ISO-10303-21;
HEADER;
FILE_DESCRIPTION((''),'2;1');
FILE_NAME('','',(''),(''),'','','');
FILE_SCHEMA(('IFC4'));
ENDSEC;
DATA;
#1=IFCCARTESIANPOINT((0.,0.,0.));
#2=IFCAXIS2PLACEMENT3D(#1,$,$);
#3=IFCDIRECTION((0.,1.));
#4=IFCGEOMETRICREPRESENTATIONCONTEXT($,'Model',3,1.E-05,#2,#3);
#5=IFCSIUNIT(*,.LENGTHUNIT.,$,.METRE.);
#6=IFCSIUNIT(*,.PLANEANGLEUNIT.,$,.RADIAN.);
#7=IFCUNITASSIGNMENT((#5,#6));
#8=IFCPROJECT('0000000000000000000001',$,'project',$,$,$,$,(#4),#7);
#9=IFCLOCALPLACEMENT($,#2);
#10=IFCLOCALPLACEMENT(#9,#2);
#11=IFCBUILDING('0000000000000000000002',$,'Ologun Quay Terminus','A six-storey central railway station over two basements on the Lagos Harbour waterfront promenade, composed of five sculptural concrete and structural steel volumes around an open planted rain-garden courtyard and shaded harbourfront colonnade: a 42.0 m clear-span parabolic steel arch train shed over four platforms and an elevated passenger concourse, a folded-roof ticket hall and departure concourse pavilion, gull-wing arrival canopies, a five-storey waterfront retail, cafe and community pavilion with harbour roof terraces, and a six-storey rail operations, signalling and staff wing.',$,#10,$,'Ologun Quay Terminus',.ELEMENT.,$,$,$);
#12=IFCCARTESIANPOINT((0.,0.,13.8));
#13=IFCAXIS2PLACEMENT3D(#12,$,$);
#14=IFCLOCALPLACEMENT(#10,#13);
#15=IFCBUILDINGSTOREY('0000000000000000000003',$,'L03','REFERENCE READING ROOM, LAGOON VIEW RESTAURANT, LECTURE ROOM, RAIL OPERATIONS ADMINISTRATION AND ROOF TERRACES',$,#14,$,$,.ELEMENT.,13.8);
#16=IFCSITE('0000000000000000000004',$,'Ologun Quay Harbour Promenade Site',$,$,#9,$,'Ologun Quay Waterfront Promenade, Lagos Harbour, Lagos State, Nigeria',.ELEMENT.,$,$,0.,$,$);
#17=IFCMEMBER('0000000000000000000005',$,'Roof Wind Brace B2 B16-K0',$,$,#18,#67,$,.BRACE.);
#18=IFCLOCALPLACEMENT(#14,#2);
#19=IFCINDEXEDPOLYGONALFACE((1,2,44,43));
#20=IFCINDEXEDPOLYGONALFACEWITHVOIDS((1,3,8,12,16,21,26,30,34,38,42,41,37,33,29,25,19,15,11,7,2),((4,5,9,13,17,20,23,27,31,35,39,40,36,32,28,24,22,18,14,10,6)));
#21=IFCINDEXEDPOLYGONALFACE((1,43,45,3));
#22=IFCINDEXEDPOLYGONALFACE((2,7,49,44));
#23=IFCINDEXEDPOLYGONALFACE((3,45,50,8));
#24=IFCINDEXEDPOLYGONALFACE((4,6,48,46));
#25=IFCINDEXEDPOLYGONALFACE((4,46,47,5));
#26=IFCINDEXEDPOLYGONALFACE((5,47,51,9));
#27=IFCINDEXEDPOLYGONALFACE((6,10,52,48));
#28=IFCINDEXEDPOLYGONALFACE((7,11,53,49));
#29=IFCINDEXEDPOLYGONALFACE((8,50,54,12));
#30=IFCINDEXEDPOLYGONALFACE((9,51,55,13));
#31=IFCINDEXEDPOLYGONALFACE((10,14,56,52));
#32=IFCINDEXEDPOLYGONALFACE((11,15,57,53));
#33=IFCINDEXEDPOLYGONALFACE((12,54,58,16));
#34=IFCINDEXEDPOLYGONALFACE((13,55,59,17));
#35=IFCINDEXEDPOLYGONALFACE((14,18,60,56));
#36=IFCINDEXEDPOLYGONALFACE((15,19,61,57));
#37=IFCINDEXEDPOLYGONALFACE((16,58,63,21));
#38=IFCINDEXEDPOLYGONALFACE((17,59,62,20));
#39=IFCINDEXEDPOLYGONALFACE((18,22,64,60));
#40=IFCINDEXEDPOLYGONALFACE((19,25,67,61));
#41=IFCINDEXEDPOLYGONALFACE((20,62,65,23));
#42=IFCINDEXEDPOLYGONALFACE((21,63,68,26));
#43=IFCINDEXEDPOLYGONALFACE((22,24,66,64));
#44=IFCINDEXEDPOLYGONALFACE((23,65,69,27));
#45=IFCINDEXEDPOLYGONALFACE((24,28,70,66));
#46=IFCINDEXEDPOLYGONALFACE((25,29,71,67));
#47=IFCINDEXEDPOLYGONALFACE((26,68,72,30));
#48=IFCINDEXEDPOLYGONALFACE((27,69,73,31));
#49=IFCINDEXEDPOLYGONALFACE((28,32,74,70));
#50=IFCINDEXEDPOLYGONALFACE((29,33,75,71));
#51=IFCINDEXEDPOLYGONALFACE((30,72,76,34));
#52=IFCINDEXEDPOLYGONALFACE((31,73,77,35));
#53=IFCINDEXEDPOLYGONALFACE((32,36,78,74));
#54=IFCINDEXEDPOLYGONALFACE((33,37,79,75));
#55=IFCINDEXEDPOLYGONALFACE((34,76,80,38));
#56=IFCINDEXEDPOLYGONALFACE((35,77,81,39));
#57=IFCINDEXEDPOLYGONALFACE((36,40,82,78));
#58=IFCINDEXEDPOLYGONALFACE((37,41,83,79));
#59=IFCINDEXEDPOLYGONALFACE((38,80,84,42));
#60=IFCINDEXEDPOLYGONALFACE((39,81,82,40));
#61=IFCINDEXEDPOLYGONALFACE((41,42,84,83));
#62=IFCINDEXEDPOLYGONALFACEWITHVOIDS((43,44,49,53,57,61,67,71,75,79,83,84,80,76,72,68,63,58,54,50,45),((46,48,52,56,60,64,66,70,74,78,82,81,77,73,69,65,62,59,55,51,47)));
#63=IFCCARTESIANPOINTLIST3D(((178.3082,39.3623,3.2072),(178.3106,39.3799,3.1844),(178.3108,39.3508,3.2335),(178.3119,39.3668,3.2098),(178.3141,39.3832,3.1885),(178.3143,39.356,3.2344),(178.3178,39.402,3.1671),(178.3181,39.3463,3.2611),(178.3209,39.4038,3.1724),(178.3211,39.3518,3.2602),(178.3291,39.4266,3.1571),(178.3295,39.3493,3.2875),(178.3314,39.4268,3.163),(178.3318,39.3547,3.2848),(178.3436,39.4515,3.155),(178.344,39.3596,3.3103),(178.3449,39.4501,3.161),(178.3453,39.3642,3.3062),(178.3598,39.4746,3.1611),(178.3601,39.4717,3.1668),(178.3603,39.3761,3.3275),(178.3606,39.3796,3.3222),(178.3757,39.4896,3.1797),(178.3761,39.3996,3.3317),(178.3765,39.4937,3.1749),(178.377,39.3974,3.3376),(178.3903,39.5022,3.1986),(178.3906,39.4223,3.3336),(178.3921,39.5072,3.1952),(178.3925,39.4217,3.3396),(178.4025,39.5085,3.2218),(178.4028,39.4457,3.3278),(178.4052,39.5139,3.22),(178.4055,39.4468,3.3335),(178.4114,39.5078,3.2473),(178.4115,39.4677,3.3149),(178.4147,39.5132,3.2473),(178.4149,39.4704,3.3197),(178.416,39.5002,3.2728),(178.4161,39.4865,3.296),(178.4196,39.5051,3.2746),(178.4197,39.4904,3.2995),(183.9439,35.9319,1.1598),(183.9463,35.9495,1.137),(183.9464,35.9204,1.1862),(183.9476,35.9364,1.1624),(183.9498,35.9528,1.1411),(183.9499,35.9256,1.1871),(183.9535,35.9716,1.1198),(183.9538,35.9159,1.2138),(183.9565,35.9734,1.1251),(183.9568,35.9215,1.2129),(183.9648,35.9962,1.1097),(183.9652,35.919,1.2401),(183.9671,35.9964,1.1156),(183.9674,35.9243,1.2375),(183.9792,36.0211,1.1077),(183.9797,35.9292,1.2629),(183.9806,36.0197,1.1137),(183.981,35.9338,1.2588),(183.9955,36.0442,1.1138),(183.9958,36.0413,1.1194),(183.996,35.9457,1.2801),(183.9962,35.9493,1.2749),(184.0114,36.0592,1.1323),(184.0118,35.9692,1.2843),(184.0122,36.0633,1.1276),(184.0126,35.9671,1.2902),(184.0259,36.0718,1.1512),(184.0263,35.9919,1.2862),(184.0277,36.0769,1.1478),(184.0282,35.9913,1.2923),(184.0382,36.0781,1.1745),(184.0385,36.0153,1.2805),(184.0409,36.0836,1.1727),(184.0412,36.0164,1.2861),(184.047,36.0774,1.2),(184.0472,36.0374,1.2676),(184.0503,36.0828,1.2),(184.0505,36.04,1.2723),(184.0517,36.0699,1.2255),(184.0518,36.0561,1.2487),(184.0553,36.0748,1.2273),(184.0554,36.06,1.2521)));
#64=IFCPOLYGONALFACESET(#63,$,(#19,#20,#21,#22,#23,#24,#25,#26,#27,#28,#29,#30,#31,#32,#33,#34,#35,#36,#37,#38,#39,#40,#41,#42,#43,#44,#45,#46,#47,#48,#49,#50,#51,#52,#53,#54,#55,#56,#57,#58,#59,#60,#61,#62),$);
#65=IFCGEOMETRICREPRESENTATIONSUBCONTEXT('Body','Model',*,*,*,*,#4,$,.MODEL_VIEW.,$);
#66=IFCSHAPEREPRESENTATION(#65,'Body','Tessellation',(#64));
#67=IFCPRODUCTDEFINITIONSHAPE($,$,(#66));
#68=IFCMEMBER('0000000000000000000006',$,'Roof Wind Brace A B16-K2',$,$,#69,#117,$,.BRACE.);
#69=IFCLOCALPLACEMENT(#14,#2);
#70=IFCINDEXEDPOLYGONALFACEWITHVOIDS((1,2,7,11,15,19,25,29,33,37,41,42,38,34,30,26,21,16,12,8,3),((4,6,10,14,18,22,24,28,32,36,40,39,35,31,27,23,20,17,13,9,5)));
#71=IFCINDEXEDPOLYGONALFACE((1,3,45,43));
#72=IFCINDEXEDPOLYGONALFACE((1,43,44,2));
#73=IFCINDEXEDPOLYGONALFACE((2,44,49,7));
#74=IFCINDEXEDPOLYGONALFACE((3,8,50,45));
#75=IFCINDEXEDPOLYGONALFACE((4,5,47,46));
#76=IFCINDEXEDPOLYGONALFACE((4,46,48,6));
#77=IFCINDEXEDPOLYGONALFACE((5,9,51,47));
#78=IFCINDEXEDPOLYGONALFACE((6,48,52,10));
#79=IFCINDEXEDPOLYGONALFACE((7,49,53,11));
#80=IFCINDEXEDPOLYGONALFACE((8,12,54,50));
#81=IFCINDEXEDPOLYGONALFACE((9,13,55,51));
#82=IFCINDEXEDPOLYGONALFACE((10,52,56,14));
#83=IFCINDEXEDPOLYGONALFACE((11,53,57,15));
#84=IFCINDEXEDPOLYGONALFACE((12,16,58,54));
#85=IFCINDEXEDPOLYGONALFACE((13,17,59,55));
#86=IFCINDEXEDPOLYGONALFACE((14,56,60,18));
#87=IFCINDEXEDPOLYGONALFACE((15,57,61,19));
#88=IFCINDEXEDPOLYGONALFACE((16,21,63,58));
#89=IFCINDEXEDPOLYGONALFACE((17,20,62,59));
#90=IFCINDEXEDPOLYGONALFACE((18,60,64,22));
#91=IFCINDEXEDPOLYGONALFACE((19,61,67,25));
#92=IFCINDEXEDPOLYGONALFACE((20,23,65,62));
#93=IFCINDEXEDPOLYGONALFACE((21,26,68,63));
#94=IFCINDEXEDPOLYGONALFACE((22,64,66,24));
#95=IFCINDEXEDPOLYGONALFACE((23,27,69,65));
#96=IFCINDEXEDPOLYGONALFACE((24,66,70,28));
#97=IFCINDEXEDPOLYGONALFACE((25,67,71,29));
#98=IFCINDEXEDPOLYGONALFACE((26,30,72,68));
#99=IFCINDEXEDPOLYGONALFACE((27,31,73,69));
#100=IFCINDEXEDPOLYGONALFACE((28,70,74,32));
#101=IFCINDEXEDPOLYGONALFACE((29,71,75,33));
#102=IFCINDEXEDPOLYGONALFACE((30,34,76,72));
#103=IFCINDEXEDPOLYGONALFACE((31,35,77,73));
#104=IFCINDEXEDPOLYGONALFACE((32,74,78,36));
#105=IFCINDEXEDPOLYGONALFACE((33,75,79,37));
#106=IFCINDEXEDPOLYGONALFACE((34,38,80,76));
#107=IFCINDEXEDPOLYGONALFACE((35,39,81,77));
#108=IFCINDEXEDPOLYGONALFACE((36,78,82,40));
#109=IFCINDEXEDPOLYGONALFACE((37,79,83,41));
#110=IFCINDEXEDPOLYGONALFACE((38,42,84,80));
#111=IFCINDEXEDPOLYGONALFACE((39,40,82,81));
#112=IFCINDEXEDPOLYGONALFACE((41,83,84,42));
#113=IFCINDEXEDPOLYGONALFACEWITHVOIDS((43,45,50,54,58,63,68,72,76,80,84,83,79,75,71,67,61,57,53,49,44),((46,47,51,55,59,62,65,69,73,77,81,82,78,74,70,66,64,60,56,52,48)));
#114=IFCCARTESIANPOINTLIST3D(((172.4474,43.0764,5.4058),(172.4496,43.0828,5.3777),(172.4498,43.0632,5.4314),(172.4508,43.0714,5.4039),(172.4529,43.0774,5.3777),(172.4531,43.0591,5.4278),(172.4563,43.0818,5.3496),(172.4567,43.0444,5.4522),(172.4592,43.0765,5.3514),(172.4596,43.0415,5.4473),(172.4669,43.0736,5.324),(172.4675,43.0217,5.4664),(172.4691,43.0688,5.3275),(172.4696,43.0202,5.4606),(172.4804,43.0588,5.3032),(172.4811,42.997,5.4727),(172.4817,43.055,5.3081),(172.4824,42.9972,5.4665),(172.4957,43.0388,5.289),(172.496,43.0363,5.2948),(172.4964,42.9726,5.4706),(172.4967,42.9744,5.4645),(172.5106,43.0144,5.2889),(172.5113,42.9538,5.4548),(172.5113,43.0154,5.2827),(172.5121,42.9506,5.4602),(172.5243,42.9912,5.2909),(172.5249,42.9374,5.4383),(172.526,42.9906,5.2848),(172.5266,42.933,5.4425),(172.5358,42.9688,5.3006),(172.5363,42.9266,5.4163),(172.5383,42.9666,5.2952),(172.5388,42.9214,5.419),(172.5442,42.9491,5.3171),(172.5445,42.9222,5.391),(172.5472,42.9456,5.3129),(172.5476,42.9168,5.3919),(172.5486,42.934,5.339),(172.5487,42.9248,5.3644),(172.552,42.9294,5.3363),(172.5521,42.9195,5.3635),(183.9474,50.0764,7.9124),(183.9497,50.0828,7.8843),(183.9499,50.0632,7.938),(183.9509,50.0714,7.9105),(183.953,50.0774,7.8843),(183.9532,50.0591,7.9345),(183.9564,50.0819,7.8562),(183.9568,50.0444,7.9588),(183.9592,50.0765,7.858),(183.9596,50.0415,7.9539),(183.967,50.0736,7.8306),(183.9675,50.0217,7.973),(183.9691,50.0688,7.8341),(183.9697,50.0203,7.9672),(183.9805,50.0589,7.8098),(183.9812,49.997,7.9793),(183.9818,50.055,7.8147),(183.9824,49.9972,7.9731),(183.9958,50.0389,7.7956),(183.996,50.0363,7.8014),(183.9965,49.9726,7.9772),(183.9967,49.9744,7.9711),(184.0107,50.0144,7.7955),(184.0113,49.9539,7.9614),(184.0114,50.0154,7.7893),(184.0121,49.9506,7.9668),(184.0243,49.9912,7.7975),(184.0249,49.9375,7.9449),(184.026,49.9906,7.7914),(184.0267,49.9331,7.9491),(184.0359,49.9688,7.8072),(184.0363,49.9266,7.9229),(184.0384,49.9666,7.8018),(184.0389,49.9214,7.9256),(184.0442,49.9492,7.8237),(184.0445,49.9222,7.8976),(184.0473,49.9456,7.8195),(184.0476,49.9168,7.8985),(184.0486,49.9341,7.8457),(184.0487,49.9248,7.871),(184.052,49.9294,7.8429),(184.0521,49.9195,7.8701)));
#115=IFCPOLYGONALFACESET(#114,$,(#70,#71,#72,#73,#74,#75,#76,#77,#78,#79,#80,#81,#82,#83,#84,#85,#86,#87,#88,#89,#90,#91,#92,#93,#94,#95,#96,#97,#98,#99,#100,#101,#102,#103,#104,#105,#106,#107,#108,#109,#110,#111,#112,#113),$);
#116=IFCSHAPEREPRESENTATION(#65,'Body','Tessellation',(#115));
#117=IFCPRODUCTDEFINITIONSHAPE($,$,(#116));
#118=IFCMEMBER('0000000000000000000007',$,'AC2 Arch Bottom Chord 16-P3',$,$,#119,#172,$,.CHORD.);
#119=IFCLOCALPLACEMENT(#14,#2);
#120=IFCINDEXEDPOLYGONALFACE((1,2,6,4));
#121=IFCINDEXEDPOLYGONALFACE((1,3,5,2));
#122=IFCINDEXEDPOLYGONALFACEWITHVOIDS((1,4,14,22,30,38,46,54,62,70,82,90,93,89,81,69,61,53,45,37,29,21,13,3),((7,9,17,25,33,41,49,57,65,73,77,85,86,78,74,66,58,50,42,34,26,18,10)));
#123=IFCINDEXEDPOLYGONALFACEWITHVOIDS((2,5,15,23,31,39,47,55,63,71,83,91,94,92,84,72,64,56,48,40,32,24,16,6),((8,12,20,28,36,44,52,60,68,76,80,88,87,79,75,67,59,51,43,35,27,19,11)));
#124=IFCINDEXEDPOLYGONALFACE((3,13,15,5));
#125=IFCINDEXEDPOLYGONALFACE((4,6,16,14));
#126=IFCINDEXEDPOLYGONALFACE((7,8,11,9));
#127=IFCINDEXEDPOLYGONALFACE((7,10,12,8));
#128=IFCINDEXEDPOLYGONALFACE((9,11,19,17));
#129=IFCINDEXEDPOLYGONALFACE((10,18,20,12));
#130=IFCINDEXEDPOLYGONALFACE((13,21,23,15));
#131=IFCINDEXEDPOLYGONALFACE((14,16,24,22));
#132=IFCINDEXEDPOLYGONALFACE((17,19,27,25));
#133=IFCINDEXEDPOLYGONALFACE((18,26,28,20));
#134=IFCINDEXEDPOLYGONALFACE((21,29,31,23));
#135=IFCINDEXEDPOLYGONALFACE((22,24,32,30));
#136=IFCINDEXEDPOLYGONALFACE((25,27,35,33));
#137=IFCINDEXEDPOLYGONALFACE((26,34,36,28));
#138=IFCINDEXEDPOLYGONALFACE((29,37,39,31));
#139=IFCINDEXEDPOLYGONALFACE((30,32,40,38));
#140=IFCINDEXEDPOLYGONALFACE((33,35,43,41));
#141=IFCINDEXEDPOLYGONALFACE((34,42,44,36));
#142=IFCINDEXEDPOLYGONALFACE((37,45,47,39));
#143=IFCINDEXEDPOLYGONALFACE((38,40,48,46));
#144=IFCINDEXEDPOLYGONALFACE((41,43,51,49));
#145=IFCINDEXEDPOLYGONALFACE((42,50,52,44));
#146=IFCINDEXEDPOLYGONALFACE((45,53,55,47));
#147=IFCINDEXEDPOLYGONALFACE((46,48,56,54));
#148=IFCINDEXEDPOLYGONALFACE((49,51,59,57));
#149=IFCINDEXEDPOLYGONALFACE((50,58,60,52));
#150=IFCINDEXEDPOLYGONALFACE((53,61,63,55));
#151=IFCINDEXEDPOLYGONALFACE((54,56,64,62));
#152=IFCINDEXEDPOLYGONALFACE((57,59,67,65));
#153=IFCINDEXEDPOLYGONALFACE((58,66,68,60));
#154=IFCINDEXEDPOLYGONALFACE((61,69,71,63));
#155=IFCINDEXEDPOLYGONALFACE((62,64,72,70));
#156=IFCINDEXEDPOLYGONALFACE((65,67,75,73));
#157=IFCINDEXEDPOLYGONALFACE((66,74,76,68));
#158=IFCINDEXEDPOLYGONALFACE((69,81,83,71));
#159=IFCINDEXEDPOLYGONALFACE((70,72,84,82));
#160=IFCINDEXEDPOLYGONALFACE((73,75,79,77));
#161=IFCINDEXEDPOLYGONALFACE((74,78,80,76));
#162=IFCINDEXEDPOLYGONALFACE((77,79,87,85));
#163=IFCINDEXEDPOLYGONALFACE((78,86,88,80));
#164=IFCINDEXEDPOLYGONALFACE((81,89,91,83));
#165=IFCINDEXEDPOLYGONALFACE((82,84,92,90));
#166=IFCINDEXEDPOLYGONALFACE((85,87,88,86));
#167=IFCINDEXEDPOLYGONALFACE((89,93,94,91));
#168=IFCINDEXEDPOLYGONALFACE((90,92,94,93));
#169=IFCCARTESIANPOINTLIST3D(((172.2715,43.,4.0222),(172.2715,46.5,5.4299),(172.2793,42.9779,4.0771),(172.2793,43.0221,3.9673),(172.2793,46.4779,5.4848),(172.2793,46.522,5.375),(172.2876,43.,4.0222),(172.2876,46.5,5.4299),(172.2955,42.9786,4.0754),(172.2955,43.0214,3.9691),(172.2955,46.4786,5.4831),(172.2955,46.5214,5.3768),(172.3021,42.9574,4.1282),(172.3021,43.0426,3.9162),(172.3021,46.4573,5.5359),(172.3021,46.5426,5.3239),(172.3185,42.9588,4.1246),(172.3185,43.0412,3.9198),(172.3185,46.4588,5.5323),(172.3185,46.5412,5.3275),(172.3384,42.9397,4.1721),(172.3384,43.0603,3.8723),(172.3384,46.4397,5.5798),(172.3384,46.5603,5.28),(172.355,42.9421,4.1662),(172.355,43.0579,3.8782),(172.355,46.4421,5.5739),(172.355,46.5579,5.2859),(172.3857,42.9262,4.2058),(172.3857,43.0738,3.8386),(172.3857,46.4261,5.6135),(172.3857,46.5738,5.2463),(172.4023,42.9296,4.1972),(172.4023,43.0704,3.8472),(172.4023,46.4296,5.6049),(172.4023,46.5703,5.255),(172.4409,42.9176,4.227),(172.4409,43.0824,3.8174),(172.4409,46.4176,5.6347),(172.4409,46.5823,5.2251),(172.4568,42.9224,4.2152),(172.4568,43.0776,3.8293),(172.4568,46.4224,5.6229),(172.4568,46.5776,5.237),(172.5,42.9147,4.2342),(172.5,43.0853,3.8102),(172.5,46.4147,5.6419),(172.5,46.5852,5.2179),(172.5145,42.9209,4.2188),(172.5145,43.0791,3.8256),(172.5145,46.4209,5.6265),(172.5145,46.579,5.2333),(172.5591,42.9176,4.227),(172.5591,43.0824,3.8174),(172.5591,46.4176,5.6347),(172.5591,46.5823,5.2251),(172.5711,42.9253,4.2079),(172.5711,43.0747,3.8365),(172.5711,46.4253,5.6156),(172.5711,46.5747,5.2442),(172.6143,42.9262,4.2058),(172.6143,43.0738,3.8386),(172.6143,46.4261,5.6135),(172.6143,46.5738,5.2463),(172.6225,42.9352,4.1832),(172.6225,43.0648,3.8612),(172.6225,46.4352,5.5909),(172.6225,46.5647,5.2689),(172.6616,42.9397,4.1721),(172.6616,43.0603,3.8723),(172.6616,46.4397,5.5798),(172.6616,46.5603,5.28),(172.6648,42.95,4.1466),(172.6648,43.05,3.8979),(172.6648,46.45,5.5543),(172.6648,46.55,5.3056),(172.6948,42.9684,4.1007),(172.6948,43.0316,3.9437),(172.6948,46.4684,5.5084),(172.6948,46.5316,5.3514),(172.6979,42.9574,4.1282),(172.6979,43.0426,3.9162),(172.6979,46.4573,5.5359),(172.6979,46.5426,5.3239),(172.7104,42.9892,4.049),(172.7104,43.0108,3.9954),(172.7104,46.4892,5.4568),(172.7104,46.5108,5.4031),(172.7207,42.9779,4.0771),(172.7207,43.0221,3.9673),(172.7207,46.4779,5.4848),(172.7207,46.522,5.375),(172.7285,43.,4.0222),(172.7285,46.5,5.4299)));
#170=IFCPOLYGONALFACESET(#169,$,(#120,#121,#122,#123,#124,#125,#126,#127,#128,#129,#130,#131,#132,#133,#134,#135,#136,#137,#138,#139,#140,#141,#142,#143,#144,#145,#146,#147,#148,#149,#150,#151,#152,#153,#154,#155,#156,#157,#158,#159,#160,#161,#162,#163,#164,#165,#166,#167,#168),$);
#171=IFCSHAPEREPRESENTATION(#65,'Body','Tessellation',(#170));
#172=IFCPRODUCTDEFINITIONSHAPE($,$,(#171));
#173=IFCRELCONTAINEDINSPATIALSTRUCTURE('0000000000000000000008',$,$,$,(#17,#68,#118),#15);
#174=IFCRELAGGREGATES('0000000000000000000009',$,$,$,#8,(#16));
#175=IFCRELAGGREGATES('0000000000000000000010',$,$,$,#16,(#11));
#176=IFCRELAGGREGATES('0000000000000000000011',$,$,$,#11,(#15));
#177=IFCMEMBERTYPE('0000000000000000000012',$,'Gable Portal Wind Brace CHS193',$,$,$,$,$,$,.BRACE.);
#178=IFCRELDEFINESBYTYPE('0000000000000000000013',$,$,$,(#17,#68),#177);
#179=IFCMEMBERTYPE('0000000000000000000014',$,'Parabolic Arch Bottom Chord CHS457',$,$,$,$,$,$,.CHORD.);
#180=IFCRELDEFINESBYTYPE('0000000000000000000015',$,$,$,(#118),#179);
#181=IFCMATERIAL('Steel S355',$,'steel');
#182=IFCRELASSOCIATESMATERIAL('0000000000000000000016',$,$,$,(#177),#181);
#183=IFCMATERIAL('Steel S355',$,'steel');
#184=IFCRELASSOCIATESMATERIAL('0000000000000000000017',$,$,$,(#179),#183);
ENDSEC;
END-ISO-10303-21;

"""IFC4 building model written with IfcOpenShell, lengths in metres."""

from ifc_helpers import new_model, si_unit, direction, frame, origin, origin_2d, place, context, subcontext, project, spatial, hollow_circle, extrude, material, material_profile, profile_set, type_object, element, save


model = new_model("IFC4")

# Units and contexts
model_context = context("Model", 3, precision=1e-05, world=origin(), true_north=direction((0.0, 1.0)))
body_context = subcontext(model_context, "Body", "Model", "MODEL_VIEW")
ifc_project = project(units=[si_unit("LENGTHUNIT", "METRE"), si_unit("PLANEANGLEUNIT", "RADIAN")], contexts=[model_context])

# Site, building, storey
site_placement = place(None, origin())
site = spatial("IfcSite", under=ifc_project, at=site_placement, Name="Ologun Quay Harbour Promenade Site", LongName="Ologun Quay Waterfront Promenade, Lagos Harbour, Lagos State, Nigeria", CompositionType="ELEMENT", RefElevation=0.0)
building_placement = place(site_placement, origin())
building = spatial("IfcBuilding", under=site, at=building_placement, Name="Ologun Quay Terminus", Description="A six-storey central railway station over two basements on the Lagos Harbour waterfront promenade, composed of five sculptural concrete and structural steel volumes around an open planted rain-garden courtyard and shaded harbourfront colonnade: a 42.0 m clear-span parabolic steel arch train shed over four platforms and an elevated passenger concourse, a folded-roof ticket hall and departure concourse pavilion, gull-wing arrival canopies, a five-storey waterfront retail, cafe and community pavilion with harbour roof terraces, and a six-storey rail operations, signalling and staff wing.", LongName="Ologun Quay Terminus", CompositionType="ELEMENT")
storey_placement = place(building_placement, frame((0.0, 0.0, 13.8)))
storey = spatial("IfcBuildingStorey", under=building, at=storey_placement, Name="L03", Description="REFERENCE READING ROOM, LAGOON VIEW RESTAURANT, LECTURE ROOM, RAIL OPERATIONS ADMINISTRATION AND ROOF TERRACES", CompositionType="ELEMENT", Elevation=13.8)

# Members
ifc_material_1 = material(Name="Steel S355", Category="steel")
ifc_material_profile_1 = material_profile(ifc_material_1, hollow_circle(Radius=0.0969, WallThickness=0.0063, at=origin_2d()), Name="CHS 193.7x6.3")
ifc_profile_set_1 = profile_set([ifc_material_profile_1], Name="Steel S355")
member_type_1 = type_object("IfcMemberType", Name="Gable Portal Wind Brace CHS193", PredefinedType="BRACE", material=ifc_profile_set_1)
for number, where, z_axis, x_axis, name in (
    (1, (178.3643, 39.4304, 3.2473), (0.815823, -0.496583, -0.296374), (0.519943, 0.854201, 0.0), "Roof Wind Brace B2 B16-K0"),
):
    element("IfcMember", number, at=place(storey_placement, frame(where, z_axis=z_axis, x_axis=x_axis)), inside=storey, type_object=member_type_1, Name=name, PredefinedType="BRACE", context=body_context, shape_type="SweptSolid", body=[
        extrude(hollow_circle(Radius=0.0969, WallThickness=0.0063, at=origin_2d()), origin(), (0.0, 0.0, 1.0), 6.908),
    ])
member_1_placement = place(storey_placement, frame((172.5, 43.0, 5.3777), z_axis=(0.839767, 0.511163, 0.183039), x_axis=(-0.519947, 0.854199, 0.0)))
element("IfcMember", 2, at=member_1_placement, inside=storey, type_object=member_type_1, Name="Roof Wind Brace A B16-K2", PredefinedType="BRACE", context=body_context, shape_type="SweptSolid", body=[
    extrude(hollow_circle(Radius=0.0969, WallThickness=0.0063, at=origin_2d()), origin(), (0.0, 0.0, 1.0), 13.6943),
])
ifc_material_2 = material(Name="Steel S355", Category="steel")
ifc_material_profile_2 = material_profile(ifc_material_2, hollow_circle(Radius=0.2285, WallThickness=0.0161, at=origin_2d()), Name="CHS 457x16")
ifc_profile_set_2 = profile_set([ifc_material_profile_2], Name="Steel S355")
member_type_2 = type_object("IfcMemberType", Name="Parabolic Arch Bottom Chord CHS457", PredefinedType="CHORD", material=ifc_profile_set_2)
member_2_placement = place(storey_placement, frame((172.5, 43.0, 4.0222), z_axis=(0.0, 0.92777, 0.373153), x_axis=(-1.0, 0.0, 0.0)))
element("IfcMember", 3, at=member_2_placement, inside=storey, type_object=member_type_2, Name="AC2 Arch Bottom Chord 16-P3", PredefinedType="CHORD", context=body_context, shape_type="SweptSolid", body=[
    extrude(hollow_circle(Radius=0.2285, WallThickness=0.0161, at=origin_2d()), origin(), (0.0, 0.0, 1.0), 3.7725),
])

save(model, "model.ifc")
